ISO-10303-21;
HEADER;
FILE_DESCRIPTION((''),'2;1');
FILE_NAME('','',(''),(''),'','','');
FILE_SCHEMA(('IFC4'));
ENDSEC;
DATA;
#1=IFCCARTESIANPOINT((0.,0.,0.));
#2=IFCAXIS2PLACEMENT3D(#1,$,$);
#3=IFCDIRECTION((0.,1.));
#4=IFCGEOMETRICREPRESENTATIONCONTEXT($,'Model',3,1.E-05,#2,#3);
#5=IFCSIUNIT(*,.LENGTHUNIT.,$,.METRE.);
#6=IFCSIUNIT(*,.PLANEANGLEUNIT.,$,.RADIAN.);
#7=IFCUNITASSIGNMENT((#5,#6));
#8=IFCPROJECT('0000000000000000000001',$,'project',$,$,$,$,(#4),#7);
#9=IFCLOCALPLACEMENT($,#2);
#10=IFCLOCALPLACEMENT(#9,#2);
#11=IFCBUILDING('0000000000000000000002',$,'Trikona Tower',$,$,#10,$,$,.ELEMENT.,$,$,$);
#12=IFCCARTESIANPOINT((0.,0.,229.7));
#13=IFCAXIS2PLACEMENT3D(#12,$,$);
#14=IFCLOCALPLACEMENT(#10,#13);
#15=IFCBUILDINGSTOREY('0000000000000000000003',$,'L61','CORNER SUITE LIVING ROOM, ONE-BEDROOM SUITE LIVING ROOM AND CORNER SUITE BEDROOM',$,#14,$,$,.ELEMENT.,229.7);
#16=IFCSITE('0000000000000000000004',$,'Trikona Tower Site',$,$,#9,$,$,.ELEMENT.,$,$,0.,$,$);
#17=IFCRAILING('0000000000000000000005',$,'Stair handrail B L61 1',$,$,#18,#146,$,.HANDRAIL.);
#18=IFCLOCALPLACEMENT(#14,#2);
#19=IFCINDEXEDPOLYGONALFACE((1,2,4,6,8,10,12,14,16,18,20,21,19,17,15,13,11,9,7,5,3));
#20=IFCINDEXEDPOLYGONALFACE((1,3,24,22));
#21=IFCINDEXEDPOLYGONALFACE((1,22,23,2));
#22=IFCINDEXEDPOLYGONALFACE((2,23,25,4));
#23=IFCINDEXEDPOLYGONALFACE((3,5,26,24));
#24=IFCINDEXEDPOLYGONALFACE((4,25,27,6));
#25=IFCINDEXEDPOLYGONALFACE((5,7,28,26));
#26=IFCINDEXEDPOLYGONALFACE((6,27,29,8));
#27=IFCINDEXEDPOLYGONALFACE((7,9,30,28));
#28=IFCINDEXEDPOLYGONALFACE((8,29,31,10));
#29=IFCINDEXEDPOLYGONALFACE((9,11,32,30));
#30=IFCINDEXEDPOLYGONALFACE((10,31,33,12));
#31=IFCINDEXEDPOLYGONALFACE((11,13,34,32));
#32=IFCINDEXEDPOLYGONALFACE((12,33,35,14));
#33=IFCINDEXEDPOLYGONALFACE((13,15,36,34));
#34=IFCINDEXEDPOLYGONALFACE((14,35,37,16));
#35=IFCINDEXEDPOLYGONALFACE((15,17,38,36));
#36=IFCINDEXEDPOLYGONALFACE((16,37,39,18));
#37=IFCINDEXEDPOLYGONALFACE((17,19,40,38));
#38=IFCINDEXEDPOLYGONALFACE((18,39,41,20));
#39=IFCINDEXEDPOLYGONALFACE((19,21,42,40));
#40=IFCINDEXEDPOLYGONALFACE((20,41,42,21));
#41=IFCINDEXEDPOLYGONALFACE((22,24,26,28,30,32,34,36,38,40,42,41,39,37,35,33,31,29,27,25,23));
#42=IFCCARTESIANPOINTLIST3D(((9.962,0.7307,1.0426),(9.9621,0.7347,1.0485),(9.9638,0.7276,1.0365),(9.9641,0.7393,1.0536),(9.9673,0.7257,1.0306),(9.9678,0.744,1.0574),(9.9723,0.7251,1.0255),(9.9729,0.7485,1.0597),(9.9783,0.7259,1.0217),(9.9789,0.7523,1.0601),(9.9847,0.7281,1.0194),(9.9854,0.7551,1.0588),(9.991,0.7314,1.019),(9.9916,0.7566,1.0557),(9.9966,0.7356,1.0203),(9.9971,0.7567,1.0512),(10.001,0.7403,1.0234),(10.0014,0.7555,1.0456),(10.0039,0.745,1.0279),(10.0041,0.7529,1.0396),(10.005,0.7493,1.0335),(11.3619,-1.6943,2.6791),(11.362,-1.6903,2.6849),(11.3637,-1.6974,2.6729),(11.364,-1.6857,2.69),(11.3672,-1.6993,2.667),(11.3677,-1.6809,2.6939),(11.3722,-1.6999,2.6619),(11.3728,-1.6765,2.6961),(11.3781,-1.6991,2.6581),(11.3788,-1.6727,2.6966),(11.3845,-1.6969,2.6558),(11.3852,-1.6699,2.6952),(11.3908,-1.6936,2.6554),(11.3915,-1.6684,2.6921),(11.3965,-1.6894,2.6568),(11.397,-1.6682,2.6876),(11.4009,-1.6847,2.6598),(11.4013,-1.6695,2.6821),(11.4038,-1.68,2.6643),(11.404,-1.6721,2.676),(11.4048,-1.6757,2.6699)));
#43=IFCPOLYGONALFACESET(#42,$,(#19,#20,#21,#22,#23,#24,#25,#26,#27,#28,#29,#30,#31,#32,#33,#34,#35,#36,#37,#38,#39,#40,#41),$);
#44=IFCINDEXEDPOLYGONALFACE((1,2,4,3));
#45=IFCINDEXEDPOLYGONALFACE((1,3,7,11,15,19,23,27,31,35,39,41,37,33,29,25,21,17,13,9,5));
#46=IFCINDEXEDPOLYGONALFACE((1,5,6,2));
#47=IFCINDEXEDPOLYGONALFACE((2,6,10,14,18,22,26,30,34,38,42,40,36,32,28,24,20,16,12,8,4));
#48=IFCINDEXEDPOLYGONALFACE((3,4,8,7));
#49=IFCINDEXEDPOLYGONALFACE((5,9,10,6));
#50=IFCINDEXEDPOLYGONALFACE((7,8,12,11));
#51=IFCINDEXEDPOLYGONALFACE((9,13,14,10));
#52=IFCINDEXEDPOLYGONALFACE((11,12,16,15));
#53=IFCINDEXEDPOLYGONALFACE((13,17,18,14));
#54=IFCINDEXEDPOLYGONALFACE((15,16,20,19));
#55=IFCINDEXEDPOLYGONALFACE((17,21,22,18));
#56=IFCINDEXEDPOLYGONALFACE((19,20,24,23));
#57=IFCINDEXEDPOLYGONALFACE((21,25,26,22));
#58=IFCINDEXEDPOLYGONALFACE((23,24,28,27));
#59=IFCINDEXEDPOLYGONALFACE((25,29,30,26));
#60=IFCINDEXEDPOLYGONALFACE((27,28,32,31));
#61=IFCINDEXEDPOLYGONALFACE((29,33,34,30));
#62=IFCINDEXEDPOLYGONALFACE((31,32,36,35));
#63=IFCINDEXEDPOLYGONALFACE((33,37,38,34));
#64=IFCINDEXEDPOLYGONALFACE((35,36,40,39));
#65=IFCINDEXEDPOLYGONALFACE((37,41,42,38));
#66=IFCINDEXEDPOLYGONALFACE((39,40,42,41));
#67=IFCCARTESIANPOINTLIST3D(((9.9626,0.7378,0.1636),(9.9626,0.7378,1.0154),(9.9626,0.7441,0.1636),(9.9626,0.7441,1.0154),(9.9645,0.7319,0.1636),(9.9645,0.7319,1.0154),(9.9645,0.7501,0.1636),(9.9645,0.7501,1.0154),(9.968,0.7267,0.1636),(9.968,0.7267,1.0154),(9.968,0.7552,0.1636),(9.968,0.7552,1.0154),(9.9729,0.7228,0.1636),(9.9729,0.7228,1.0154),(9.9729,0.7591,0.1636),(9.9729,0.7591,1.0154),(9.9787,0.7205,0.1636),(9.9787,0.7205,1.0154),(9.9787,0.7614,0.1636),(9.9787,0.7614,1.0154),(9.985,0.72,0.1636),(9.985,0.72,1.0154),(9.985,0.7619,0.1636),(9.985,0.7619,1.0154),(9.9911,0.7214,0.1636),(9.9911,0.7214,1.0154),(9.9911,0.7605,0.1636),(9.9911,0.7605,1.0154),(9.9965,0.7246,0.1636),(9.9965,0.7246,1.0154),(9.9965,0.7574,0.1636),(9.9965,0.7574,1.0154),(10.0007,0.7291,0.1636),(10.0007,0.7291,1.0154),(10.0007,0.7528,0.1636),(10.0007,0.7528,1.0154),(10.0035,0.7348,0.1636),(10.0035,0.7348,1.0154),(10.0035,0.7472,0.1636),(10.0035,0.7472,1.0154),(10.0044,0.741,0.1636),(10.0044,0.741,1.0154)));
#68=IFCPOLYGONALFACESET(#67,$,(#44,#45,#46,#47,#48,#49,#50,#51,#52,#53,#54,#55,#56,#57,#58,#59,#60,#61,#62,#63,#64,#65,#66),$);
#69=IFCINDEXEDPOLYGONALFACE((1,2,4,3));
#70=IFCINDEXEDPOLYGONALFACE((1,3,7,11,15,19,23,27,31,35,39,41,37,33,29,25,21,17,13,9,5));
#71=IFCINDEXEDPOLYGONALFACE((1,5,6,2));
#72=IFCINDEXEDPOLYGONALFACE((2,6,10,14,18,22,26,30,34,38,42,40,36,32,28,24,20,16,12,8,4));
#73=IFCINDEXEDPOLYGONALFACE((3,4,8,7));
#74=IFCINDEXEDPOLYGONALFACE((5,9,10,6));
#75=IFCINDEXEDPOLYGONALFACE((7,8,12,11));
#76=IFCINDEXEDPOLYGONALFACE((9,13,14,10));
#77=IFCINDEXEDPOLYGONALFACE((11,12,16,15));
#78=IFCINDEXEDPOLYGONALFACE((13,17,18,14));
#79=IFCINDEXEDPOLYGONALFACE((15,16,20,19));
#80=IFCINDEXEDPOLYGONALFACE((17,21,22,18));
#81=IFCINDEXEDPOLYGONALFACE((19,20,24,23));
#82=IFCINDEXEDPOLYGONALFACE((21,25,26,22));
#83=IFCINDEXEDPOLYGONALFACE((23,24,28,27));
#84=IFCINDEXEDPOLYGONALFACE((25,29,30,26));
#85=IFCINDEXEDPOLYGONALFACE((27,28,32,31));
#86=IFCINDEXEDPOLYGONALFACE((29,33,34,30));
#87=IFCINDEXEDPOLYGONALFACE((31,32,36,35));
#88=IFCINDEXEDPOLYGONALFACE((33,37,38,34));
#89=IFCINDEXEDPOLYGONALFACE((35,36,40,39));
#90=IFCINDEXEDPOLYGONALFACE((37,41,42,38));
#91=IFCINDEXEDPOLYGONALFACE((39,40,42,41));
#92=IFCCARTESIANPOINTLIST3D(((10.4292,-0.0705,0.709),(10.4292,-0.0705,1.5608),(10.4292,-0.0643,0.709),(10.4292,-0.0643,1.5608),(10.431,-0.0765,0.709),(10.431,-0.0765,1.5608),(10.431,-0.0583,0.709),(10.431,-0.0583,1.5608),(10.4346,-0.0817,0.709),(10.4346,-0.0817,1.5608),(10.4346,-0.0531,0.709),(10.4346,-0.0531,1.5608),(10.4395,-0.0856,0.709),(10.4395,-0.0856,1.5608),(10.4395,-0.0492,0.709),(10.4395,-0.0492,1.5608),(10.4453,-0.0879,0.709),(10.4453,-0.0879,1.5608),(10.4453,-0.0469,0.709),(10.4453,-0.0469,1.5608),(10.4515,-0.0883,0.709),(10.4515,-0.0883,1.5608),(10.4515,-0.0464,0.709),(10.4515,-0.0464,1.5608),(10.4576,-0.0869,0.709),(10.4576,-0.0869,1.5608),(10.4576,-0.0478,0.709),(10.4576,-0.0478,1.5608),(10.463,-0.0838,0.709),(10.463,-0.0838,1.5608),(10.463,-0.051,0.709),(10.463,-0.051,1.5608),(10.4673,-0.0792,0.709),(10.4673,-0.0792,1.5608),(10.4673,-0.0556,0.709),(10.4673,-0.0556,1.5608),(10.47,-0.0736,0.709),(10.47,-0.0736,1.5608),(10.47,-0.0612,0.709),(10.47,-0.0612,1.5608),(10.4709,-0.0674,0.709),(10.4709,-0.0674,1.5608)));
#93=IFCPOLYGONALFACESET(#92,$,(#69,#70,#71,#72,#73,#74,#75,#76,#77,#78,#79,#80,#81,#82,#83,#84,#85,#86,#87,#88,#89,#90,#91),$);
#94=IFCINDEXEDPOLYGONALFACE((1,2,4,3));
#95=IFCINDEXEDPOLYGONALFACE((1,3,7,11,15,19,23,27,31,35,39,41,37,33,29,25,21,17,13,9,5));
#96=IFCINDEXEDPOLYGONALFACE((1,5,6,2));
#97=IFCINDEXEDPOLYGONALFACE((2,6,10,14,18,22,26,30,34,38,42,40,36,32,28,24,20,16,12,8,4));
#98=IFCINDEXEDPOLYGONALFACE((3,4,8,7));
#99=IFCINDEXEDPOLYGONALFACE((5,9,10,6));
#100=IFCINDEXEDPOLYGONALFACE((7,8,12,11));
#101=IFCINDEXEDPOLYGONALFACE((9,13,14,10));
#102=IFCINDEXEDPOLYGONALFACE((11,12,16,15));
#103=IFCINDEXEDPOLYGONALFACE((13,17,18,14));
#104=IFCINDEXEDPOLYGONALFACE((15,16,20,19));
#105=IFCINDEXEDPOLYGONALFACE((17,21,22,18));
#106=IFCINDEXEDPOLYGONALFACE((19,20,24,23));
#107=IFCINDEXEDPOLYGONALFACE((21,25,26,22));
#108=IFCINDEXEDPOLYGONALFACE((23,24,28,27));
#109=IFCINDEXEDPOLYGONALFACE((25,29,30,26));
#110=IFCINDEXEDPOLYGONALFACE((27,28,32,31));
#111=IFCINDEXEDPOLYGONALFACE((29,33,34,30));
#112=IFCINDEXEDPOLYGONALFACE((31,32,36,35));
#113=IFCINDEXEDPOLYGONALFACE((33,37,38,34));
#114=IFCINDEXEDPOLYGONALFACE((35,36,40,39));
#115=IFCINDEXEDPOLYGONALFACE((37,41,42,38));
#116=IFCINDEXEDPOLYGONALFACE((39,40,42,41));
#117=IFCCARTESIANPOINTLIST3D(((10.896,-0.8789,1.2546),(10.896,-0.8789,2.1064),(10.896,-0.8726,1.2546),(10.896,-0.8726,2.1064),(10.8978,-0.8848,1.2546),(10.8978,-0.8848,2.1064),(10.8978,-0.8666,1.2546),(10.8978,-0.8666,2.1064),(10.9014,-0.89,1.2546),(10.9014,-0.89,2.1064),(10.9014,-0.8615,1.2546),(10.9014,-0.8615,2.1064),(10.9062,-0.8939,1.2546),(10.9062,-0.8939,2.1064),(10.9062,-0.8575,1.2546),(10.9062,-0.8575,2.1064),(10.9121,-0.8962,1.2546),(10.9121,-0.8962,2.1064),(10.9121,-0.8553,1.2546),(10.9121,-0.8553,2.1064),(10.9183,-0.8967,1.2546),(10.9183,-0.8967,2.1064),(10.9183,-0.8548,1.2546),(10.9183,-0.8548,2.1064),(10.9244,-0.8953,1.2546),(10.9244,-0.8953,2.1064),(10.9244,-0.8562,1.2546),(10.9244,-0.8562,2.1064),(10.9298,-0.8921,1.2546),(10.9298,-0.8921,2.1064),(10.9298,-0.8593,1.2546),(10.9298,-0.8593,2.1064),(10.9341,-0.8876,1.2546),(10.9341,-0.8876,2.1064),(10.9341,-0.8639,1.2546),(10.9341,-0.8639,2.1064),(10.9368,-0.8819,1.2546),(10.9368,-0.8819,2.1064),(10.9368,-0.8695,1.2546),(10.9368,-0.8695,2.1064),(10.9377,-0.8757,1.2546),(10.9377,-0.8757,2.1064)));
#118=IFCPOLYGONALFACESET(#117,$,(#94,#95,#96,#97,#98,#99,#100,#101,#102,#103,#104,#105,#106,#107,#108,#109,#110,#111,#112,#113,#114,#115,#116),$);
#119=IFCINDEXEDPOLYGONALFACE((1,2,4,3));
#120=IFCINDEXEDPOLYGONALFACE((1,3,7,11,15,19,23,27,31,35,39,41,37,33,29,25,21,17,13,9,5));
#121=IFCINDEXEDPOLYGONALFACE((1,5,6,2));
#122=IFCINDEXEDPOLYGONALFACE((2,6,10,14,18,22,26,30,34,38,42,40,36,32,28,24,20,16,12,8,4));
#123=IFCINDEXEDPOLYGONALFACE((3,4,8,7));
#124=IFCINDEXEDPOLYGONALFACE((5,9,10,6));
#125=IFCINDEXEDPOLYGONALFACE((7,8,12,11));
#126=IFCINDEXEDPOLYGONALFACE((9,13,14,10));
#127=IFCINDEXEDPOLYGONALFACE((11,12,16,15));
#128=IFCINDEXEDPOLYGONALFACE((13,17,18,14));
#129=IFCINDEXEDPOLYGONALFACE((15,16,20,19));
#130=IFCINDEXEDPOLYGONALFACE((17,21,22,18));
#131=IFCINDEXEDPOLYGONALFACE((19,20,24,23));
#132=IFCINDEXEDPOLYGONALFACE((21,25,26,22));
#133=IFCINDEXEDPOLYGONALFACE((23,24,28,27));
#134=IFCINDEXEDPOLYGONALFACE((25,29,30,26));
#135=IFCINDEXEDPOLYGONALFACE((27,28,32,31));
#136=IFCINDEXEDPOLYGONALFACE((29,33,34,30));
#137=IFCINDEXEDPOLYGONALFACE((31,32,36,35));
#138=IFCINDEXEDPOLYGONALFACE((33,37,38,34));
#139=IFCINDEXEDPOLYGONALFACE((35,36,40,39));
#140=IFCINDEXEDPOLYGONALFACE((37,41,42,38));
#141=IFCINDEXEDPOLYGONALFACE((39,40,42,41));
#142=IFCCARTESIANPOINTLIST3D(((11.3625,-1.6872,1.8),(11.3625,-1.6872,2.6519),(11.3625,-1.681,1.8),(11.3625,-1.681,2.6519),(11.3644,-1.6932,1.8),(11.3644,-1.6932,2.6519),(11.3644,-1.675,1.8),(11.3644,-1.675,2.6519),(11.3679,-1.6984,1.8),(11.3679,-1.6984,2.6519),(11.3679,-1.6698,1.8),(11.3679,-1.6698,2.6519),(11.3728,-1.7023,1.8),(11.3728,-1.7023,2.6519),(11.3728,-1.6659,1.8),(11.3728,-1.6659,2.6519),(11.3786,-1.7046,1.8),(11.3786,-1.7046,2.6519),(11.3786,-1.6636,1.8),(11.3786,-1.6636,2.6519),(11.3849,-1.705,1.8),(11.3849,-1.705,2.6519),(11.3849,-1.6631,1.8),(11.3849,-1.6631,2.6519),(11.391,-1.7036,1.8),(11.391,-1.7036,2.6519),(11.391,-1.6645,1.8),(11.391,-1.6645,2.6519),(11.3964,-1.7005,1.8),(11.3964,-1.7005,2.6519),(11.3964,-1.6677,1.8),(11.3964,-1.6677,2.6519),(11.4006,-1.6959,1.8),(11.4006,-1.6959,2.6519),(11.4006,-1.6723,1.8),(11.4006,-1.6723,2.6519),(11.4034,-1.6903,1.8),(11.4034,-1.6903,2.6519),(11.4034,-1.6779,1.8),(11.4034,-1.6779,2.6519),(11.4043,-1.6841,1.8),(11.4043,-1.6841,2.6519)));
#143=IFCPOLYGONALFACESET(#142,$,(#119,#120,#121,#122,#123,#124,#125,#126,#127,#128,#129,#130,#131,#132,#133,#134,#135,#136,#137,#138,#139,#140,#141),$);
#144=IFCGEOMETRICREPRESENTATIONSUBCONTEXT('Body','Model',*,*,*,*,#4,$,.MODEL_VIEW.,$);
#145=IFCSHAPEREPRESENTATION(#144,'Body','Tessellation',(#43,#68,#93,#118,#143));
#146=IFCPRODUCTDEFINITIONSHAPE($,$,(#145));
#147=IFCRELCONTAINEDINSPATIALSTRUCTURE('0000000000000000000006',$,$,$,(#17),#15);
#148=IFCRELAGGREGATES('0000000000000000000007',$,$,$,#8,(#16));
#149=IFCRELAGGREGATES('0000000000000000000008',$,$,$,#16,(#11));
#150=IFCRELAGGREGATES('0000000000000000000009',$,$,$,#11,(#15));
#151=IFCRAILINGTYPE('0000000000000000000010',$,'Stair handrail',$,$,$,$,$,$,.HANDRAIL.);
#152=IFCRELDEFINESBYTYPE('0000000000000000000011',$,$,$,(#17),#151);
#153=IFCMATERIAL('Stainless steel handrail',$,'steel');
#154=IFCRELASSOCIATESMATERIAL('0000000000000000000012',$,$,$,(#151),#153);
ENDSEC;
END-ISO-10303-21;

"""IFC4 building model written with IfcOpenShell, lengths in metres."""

from ifc_helpers import new_model, si_unit, direction, frame, origin, origin_2d, place, context, subcontext, project, spatial, circle, extrude, material, type_object, element, save


model = new_model("IFC4")

# Units and contexts
model_context = context("Model", 3, precision=1e-05, world=origin(), true_north=direction((0.0, 1.0)))
body_context = subcontext(model_context, "Body", "Model", "MODEL_VIEW")
ifc_project = project(units=[si_unit("LENGTHUNIT", "METRE"), si_unit("PLANEANGLEUNIT", "RADIAN")], contexts=[model_context])

# Site, building, storey
site_placement = place(None, origin())
site = spatial("IfcSite", under=ifc_project, at=site_placement, Name="Trikona Tower Site", CompositionType="ELEMENT", RefElevation=0.0)
building_placement = place(site_placement, origin())
building = spatial("IfcBuilding", under=site, at=building_placement, Name="Trikona Tower", CompositionType="ELEMENT")
storey_placement = place(building_placement, frame((0.0, 0.0, 229.7)))
storey = spatial("IfcBuildingStorey", under=building, at=storey_placement, Name="L61", Description="CORNER SUITE LIVING ROOM, ONE-BEDROOM SUITE LIVING ROOM AND CORNER SUITE BEDROOM", CompositionType="ELEMENT", Elevation=229.7)

# Railing
ifc_material_1 = material(Name="Stainless steel handrail", Category="steel")
railing_type = type_object("IfcRailingType", Name="Stair handrail", PredefinedType="HANDRAIL", material=ifc_material_1)
railing_placement = place(storey_placement, frame((9.9834, 0.741, 0.1636)))
element("IfcRailing", 1, at=railing_placement, inside=storey, type_object=railing_type, Name="Stair handrail B L61 1", PredefinedType="HANDRAIL", context=body_context, shape_type="SweptSolid", body=[
    extrude(circle(Radius=0.0239, at=origin_2d()), frame((0.0, 0.0, 0.876), z_axis=(0.431636, -0.747723, 0.504579), x_axis=(0.866056, 0.499946, 0.0)), (0.0, 0.0, 1.0), 3.2432),
    extrude(circle(Radius=0.021, at=origin_2d()), origin(), (0.0, 0.0, 1.0), 0.8518),
    extrude(circle(Radius=0.021, at=origin_2d()), frame((0.4666, -0.8083, 0.5454)), (0.0, 0.0, 1.0), 0.8518),
    extrude(circle(Radius=0.021, at=origin_2d()), frame((0.9333, -1.6167, 1.0911)), (0.0, 0.0, 1.0), 0.8518),
    extrude(circle(Radius=0.021, at=origin_2d()), frame((1.3999, -2.425, 1.6365)), (0.0, 0.0, 1.0), 0.8518),
])

save(model, "model.ifc")
